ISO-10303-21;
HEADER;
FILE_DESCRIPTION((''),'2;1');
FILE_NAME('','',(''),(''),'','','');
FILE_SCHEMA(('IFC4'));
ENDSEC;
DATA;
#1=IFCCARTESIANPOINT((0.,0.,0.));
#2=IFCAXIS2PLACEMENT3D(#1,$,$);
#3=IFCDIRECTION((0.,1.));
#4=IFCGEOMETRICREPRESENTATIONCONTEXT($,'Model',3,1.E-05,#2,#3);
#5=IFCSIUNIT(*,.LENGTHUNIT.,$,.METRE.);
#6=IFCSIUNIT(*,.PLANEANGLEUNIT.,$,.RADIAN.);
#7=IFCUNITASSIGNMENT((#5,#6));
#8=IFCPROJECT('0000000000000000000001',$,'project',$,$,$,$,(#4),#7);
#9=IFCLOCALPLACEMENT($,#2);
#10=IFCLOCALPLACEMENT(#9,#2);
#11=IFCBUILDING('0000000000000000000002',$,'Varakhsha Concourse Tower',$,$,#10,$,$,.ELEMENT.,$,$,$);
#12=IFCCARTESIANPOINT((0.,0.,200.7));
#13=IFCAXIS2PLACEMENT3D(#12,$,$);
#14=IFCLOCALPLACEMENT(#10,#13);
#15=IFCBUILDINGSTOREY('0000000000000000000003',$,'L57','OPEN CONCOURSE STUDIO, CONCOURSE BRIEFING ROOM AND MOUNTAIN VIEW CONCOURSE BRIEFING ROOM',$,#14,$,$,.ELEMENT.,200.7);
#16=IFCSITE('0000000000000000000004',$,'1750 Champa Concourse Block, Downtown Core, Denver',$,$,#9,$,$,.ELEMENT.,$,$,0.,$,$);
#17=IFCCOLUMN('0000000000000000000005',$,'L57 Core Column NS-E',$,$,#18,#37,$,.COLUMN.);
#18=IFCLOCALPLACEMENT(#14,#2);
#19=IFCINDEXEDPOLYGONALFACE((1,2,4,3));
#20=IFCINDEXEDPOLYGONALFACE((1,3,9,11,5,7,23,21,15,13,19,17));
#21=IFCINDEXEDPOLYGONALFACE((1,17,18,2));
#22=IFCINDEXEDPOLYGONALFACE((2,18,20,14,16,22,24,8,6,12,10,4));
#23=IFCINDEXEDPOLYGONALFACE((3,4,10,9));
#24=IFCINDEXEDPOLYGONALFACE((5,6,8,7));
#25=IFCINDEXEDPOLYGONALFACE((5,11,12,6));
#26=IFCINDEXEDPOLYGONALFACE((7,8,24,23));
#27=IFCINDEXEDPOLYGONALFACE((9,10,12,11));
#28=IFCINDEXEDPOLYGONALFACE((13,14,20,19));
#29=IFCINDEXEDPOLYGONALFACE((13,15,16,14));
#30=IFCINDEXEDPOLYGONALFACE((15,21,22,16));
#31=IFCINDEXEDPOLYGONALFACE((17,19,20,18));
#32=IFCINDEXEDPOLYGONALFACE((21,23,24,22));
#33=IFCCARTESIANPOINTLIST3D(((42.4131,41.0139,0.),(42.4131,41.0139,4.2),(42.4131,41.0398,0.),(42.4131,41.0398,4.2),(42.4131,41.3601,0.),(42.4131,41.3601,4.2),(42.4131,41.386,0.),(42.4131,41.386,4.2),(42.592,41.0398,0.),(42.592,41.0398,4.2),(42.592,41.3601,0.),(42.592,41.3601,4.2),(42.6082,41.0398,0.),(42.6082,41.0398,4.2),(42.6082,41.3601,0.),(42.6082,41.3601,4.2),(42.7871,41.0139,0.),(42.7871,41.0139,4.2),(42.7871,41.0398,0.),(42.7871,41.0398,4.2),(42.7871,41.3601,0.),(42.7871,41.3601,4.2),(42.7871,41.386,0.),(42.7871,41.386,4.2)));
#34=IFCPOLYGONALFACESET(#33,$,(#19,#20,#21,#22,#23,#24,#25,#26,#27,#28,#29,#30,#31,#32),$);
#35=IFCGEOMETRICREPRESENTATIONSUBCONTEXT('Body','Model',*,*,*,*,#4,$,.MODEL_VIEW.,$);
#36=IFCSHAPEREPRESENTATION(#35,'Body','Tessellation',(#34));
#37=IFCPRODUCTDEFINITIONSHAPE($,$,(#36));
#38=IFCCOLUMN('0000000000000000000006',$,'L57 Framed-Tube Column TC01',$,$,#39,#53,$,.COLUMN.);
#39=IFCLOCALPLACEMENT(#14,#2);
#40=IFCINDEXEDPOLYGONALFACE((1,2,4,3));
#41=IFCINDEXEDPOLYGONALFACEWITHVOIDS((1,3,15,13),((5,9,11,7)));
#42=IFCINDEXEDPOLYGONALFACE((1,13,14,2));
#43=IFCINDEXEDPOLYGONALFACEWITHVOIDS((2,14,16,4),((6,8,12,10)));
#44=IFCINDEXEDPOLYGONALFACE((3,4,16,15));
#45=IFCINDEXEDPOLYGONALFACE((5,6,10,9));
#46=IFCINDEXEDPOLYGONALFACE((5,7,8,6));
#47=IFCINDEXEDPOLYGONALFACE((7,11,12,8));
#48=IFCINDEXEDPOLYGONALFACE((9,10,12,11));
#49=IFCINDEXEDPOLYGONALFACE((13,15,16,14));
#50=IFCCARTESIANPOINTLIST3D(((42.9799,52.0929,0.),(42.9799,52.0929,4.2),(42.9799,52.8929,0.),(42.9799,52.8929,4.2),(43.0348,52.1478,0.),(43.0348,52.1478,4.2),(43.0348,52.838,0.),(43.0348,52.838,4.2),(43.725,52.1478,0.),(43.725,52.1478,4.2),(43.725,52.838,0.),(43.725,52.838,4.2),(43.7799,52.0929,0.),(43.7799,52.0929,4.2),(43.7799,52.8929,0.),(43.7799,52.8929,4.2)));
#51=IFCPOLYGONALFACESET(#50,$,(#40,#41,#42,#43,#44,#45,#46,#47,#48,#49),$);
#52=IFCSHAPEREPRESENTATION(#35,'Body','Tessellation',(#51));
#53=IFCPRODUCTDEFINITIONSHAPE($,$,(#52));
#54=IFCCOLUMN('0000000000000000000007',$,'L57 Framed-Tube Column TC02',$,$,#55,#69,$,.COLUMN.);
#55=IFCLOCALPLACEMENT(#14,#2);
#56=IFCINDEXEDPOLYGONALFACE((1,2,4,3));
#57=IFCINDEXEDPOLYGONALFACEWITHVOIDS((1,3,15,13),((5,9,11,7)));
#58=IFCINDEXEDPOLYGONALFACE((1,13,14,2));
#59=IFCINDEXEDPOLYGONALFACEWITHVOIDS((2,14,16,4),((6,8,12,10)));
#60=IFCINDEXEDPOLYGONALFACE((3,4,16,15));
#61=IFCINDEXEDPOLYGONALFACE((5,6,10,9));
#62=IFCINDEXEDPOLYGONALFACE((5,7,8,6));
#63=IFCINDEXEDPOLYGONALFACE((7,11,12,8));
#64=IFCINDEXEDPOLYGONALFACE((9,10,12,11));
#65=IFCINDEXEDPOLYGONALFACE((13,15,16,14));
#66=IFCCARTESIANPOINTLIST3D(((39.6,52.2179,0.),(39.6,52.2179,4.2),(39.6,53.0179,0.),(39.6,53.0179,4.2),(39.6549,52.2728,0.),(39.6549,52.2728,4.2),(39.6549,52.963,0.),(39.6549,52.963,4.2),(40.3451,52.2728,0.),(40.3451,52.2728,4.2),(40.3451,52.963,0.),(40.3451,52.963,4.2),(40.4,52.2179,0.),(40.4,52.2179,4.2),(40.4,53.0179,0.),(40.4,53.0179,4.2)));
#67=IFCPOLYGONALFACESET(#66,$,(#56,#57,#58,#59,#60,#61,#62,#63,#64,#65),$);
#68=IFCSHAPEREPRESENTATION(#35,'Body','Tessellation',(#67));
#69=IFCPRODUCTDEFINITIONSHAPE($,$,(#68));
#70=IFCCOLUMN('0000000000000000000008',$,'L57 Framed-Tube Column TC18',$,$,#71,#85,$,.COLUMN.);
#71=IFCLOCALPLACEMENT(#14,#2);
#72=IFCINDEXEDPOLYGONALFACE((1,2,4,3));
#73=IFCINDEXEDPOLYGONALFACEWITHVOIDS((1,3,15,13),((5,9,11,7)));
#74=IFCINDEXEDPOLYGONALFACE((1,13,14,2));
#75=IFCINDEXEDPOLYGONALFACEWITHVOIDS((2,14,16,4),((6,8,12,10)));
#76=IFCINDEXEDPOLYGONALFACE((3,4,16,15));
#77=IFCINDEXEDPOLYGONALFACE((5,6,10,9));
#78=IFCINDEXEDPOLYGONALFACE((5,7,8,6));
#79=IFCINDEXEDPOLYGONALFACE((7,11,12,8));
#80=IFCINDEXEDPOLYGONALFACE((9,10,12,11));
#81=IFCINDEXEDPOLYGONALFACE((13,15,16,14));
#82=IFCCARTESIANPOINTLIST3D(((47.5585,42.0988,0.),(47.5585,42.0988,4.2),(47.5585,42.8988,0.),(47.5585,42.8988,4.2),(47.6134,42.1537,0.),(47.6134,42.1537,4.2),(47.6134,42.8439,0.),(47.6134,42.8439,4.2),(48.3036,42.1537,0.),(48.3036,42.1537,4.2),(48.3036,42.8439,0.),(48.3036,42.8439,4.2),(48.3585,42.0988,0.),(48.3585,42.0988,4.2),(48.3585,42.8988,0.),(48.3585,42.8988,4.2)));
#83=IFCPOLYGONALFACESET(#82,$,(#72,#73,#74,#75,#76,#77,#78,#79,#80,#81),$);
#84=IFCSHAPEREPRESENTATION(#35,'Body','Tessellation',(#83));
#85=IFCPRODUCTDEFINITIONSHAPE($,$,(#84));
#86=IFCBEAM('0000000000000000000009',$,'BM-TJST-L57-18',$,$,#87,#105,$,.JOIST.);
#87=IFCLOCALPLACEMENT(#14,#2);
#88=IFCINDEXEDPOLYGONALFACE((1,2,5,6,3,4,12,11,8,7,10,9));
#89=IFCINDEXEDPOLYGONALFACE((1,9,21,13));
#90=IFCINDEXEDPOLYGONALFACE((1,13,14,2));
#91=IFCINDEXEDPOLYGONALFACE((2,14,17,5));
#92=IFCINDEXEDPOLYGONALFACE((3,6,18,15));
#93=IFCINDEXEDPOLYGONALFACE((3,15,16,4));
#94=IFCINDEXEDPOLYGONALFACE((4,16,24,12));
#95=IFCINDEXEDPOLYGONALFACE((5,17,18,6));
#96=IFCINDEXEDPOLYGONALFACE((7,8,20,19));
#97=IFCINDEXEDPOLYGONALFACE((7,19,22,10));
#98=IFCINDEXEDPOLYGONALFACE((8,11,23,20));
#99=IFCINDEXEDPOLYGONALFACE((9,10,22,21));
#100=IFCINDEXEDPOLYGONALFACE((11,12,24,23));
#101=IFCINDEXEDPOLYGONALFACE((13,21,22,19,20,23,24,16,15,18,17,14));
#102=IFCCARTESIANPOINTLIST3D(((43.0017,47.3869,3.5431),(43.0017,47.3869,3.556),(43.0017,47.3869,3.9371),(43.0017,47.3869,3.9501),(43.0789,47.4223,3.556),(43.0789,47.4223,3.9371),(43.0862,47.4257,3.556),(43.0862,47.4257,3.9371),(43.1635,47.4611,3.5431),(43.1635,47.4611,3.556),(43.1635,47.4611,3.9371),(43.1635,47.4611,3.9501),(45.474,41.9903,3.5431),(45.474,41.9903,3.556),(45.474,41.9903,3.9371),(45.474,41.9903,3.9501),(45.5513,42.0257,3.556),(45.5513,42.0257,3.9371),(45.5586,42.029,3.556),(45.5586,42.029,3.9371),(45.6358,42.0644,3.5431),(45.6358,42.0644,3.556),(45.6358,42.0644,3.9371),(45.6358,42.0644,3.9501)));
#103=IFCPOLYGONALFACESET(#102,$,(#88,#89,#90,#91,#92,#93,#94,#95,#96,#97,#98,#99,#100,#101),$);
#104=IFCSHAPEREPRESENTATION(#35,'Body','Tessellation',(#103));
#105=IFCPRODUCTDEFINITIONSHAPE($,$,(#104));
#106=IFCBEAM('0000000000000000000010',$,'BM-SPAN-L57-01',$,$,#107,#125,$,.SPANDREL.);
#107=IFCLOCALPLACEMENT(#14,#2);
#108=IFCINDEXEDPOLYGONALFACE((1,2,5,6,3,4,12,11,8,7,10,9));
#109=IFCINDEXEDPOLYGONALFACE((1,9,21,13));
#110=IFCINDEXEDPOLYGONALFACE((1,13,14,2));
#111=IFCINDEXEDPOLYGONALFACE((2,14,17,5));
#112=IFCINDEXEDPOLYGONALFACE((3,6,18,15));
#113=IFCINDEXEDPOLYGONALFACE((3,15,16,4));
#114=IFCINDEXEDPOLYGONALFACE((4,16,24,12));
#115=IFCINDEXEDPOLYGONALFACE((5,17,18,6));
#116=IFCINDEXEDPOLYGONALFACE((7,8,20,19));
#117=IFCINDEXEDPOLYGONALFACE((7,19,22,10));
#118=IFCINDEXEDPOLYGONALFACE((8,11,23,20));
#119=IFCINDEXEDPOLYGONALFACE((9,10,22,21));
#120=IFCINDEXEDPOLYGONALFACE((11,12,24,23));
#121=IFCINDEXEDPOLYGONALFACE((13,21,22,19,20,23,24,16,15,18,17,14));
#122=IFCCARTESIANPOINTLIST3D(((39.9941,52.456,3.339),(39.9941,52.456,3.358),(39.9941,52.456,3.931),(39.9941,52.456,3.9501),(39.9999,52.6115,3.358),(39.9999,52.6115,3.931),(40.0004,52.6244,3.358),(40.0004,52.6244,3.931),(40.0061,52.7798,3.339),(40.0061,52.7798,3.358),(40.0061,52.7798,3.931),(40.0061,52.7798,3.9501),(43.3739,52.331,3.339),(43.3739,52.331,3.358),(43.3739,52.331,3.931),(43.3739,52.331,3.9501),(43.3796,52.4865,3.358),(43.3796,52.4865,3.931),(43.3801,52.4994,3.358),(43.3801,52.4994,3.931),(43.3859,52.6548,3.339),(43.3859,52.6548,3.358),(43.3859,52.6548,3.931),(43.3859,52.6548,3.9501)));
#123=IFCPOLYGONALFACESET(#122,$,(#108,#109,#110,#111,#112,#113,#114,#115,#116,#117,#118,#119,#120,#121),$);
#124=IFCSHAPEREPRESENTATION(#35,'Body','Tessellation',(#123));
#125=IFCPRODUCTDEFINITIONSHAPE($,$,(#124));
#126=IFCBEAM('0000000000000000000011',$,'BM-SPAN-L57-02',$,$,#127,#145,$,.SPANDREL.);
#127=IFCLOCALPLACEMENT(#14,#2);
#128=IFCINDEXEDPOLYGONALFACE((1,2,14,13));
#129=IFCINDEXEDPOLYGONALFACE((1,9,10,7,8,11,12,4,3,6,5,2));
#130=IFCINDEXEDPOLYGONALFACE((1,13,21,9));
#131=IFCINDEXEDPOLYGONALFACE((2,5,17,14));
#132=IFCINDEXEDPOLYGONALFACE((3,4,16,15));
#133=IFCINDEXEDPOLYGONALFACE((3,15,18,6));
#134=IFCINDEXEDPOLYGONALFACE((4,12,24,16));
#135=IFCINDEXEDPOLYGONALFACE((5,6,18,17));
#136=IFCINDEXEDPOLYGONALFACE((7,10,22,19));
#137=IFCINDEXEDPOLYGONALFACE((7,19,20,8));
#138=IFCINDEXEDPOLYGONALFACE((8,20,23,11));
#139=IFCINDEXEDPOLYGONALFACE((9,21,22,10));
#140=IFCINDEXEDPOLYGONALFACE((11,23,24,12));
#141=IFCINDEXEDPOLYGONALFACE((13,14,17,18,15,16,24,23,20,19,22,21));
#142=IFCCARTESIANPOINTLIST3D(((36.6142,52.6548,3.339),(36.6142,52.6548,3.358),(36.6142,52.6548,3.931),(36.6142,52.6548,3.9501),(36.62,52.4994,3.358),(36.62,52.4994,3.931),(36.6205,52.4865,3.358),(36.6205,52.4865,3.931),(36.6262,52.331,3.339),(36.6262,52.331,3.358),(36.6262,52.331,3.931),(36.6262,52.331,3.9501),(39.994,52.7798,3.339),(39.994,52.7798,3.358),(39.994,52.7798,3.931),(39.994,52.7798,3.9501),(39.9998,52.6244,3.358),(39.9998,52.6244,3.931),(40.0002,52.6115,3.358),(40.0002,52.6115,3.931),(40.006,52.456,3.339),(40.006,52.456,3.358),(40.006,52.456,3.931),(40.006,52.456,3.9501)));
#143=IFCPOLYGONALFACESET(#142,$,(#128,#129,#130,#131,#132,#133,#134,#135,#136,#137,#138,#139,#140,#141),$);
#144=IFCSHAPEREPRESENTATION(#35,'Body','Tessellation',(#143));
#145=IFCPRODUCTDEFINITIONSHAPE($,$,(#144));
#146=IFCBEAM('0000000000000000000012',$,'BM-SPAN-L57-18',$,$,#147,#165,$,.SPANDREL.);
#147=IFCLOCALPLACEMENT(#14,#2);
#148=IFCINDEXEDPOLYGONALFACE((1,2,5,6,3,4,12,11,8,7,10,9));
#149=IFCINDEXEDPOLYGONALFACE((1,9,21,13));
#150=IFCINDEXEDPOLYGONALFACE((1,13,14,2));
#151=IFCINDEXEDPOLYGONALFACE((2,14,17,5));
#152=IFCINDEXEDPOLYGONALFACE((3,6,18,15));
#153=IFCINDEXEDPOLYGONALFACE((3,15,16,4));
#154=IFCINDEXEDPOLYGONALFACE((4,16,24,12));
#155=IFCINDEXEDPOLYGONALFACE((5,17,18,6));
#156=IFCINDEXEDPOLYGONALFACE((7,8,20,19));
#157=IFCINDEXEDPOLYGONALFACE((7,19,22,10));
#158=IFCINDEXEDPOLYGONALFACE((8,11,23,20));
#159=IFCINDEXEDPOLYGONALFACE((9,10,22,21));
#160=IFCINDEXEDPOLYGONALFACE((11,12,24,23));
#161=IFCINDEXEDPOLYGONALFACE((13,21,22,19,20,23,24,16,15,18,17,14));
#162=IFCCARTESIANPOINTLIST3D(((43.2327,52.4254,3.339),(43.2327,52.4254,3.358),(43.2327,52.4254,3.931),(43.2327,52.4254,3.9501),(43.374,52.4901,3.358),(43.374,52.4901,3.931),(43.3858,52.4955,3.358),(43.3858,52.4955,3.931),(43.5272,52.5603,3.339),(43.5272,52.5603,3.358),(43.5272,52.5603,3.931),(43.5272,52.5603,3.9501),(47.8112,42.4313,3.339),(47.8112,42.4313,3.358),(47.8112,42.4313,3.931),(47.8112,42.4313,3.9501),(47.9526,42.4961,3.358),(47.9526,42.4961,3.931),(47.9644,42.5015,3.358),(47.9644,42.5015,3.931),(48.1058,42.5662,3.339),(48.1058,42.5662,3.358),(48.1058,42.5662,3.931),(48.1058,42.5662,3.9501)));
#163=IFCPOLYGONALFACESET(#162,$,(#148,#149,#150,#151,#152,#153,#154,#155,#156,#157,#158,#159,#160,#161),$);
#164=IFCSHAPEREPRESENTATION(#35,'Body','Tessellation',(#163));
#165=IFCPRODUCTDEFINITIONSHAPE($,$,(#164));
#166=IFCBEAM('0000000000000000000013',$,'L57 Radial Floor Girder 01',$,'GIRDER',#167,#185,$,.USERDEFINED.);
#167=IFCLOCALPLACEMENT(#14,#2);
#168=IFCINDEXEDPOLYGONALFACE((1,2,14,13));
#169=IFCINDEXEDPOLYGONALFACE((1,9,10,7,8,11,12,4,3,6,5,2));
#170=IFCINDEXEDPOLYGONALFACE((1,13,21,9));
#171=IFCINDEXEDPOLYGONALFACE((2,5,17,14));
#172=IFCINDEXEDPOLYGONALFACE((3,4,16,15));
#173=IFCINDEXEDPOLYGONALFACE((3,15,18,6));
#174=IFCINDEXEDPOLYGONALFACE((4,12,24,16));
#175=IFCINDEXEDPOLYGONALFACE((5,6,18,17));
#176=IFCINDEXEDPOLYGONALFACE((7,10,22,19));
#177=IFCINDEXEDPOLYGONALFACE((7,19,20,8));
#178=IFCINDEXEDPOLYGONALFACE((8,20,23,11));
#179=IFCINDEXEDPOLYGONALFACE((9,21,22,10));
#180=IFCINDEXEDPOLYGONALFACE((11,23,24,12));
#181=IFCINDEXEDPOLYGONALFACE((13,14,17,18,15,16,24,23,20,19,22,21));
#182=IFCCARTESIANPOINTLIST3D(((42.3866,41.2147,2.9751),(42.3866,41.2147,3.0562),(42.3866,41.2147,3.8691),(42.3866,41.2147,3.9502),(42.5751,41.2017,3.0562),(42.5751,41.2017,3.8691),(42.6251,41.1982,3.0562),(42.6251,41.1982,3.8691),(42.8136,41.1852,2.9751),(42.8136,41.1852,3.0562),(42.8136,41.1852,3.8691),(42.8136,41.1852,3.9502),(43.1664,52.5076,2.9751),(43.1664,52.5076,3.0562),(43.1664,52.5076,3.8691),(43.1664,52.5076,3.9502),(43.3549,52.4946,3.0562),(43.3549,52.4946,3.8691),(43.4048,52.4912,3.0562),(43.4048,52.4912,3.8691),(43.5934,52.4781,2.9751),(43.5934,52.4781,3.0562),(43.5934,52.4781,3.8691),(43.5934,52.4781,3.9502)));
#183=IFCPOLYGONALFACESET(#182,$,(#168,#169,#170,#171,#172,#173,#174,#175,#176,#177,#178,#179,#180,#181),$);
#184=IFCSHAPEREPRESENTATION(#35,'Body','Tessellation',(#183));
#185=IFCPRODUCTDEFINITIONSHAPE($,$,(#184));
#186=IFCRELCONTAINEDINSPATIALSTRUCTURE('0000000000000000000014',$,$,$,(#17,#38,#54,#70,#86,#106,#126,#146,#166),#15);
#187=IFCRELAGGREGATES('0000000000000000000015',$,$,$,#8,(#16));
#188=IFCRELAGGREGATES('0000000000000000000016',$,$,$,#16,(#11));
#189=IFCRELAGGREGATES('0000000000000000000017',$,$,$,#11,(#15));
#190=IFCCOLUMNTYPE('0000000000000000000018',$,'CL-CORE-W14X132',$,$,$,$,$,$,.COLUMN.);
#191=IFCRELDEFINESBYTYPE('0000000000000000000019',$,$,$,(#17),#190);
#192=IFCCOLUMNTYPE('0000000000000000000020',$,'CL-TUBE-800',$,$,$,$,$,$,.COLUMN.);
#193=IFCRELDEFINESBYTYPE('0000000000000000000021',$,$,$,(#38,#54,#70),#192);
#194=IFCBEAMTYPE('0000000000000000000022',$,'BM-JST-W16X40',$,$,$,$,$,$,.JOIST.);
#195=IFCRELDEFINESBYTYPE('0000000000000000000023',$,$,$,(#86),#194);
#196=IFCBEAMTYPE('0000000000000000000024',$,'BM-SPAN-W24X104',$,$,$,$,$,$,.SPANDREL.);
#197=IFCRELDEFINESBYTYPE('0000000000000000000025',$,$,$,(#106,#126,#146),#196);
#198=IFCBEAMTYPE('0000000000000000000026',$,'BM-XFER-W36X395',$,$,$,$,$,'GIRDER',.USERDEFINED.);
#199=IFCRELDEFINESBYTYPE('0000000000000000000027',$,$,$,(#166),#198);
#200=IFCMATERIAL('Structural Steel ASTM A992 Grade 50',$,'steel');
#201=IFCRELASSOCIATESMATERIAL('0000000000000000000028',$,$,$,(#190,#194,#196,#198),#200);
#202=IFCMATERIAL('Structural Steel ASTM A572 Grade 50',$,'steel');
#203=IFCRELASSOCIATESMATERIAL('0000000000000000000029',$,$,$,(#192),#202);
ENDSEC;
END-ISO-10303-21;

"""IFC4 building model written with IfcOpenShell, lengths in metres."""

from ifc_helpers import new_model, si_unit, direction, frame, origin, origin_2d, place, context, subcontext, project, spatial, hollow_rectangle, i_section, extrude, material, material_profile, profile_set, type_object, element, save


model = new_model("IFC4")

# Units and contexts
model_context = context("Model", 3, precision=1e-05, world=origin(), true_north=direction((0.0, 1.0)))
body_context = subcontext(model_context, "Body", "Model", "MODEL_VIEW")
ifc_project = project(units=[si_unit("LENGTHUNIT", "METRE"), si_unit("PLANEANGLEUNIT", "RADIAN")], contexts=[model_context])

# Site, building, storey
site_placement = place(None, origin())
site = spatial("IfcSite", under=ifc_project, at=site_placement, Name="1750 Champa Concourse Block, Downtown Core, Denver", CompositionType="ELEMENT", RefElevation=0.0)
building_placement = place(site_placement, origin())
building = spatial("IfcBuilding", under=site, at=building_placement, Name="Varakhsha Concourse Tower", CompositionType="ELEMENT")
storey_placement = place(building_placement, frame((0.0, 0.0, 200.7)))
storey = spatial("IfcBuildingStorey", under=building, at=storey_placement, Name="L57", Description="OPEN CONCOURSE STUDIO, CONCOURSE BRIEFING ROOM AND MOUNTAIN VIEW CONCOURSE BRIEFING ROOM", CompositionType="ELEMENT", Elevation=200.7)

# Columns
ifc_material_1 = material(Name="Structural Steel ASTM A992 Grade 50", Category="steel")
ifc_material_profile_1 = material_profile(ifc_material_1, i_section(OverallWidth=0.374, OverallDepth=0.3721, WebThickness=0.0161, FlangeThickness=0.0259, at=origin_2d()), Name="W14X132")
ifc_profile_set_1 = profile_set([ifc_material_profile_1], Name="Structural Steel ASTM A992 Grade 50")
column_type_1 = type_object("IfcColumnType", Name="CL-CORE-W14X132", PredefinedType="COLUMN", material=ifc_profile_set_1)
column_placement = place(storey_placement, frame((42.6001, 41.2, 0.0), z_axis=(0.0, 0.0, 1.0), x_axis=(1.0, 0.0, 0.0)))
element("IfcColumn", 1, at=column_placement, inside=storey, type_object=column_type_1, Name="L57 Core Column NS-E", PredefinedType="COLUMN", context=body_context, shape_type="SweptSolid", body=[
    extrude(i_section(OverallWidth=0.374, OverallDepth=0.3721, WebThickness=0.0161, FlangeThickness=0.0259, at=origin_2d()), origin(), (0.0, 0.0, 1.0), 4.2),
])
ifc_material_2 = material(Name="Structural Steel ASTM A572 Grade 50", Category="steel")
ifc_material_profile_2 = material_profile(ifc_material_2, hollow_rectangle(XDim=0.8, YDim=0.8, WallThickness=0.0549, at=origin_2d()), Name="BOX 800x800x55")
ifc_profile_set_2 = profile_set([ifc_material_profile_2], Name="Structural Steel ASTM A572 Grade 50")
column_type_2 = type_object("IfcColumnType", Name="CL-TUBE-800", PredefinedType="COLUMN", material=ifc_profile_set_2)
for number, where, z_axis, x_axis, name in (
    (2, (43.3799, 52.4929, 0.0), (0.0, 0.0, 1.0), (1.0, 0.0, 0.0), "L57 Framed-Tube Column TC01"),
    (3, (40.0, 52.6179, 0.0), (0.0, 0.0, 1.0), (1.0, 0.0, 0.0), "L57 Framed-Tube Column TC02"),
    (4, (47.9585, 42.4988, 0.0), (0.0, 0.0, 1.0), (1.0, 0.0, 0.0), "L57 Framed-Tube Column TC18"),
):
    element("IfcColumn", number, at=place(storey_placement, frame(where, z_axis=z_axis, x_axis=x_axis)), inside=storey, type_object=column_type_2, Name=name, PredefinedType="COLUMN", context=body_context, shape_type="SweptSolid", body=[
        extrude(hollow_rectangle(XDim=0.8, YDim=0.8, WallThickness=0.0549, at=origin_2d()), origin(), (0.0, 0.0, 1.0), 4.2),
    ])

# Beams
ifc_material_profile_3 = material_profile(ifc_material_1, i_section(OverallWidth=0.178, OverallDepth=0.407, WebThickness=0.0081, FlangeThickness=0.0129, at=origin_2d()), Name="W16X40")
ifc_profile_set_3 = profile_set([ifc_material_profile_3], Name="Structural Steel ASTM A992 Grade 50")
beam_type_1 = type_object("IfcBeamType", Name="BM-JST-W16X40", PredefinedType="JOIST", material=ifc_profile_set_3)
beam_1_placement = place(storey_placement, frame((45.5549, 42.0273, 3.7466), z_axis=(-0.416503, 0.909134, 0.0), x_axis=(-0.909134, -0.416503, 0.0)))
element("IfcBeam", 5, at=beam_1_placement, inside=storey, type_object=beam_type_1, Name="BM-TJST-L57-18", PredefinedType="JOIST", context=body_context, shape_type="SweptSolid", body=[
    extrude(i_section(OverallWidth=0.178, OverallDepth=0.407, WebThickness=0.0081, FlangeThickness=0.0129, at=origin_2d()), origin(), (0.0, 0.0, 1.0), 5.936),
])
ifc_material_profile_4 = material_profile(ifc_material_1, i_section(OverallWidth=0.324, OverallDepth=0.6111, WebThickness=0.0129, FlangeThickness=0.019, at=origin_2d()), Name="W24X104")
ifc_profile_set_4 = profile_set([ifc_material_profile_4], Name="Structural Steel ASTM A992 Grade 50")
beam_type_2 = type_object("IfcBeamType", Name="BM-SPAN-W24X104", PredefinedType="SPANDREL", material=ifc_profile_set_4)
for number, where, z_axis, x_axis, name in (
    (6, (43.3799, 52.4929, 3.6445), (-0.999317, 0.036958, 0.0), (-0.036958, -0.999317, 0.0), "BM-SPAN-L57-01"),
    (7, (40.0, 52.6179, 3.6445), (-0.999317, -0.036958, 0.0), (0.036958, -0.999317, 0.0), "BM-SPAN-L57-02"),
):
    element("IfcBeam", number, at=place(storey_placement, frame(where, z_axis=z_axis, x_axis=x_axis)), inside=storey, type_object=beam_type_2, Name=name, PredefinedType="SPANDREL", context=body_context, shape_type="SweptSolid", body=[
        extrude(i_section(OverallWidth=0.324, OverallDepth=0.6111, WebThickness=0.0129, FlangeThickness=0.019, at=origin_2d()), origin(), (0.0, 0.0, 1.0), 3.3821),
    ])
beam_2_placement = place(storey_placement, frame((47.9585, 42.4988, 3.6445), z_axis=(-0.416502, 0.909135, 0.0), x_axis=(-0.909135, -0.416502, 0.0)))
element("IfcBeam", 8, at=beam_2_placement, inside=storey, type_object=beam_type_2, Name="BM-SPAN-L57-18", PredefinedType="SPANDREL", context=body_context, shape_type="SweptSolid", body=[
    extrude(i_section(OverallWidth=0.324, OverallDepth=0.6111, WebThickness=0.0129, FlangeThickness=0.019, at=origin_2d()), origin(), (0.0, 0.0, 1.0), 10.9929),
])
ifc_material_profile_5 = material_profile(ifc_material_1, i_section(OverallWidth=0.428, OverallDepth=0.9751, WebThickness=0.05, FlangeThickness=0.0811, at=origin_2d()), Name="W36X395")
ifc_profile_set_5 = profile_set([ifc_material_profile_5], Name="Structural Steel ASTM A992 Grade 50")
beam_type_3 = type_object("IfcBeamType", Name="BM-XFER-W36X395", ElementType="GIRDER", PredefinedType="USERDEFINED", material=ifc_profile_set_5)
beam_3_placement = place(storey_placement, frame((42.6001, 41.2, 3.4626), z_axis=(0.068886, 0.997625, 0.0), x_axis=(-0.997625, 0.068886, 0.0)))
element("IfcBeam", 9, at=beam_3_placement, inside=storey, type_object=beam_type_3, Name="L57 Radial Floor Girder 01", ObjectType="GIRDER", PredefinedType="USERDEFINED", context=body_context, shape_type="SweptSolid", body=[
    extrude(i_section(OverallWidth=0.428, OverallDepth=0.9751, WebThickness=0.05, FlangeThickness=0.0811, at=origin_2d()), origin(), (0.0, 0.0, 1.0), 11.3198),
])

save(model, "model.ifc")
